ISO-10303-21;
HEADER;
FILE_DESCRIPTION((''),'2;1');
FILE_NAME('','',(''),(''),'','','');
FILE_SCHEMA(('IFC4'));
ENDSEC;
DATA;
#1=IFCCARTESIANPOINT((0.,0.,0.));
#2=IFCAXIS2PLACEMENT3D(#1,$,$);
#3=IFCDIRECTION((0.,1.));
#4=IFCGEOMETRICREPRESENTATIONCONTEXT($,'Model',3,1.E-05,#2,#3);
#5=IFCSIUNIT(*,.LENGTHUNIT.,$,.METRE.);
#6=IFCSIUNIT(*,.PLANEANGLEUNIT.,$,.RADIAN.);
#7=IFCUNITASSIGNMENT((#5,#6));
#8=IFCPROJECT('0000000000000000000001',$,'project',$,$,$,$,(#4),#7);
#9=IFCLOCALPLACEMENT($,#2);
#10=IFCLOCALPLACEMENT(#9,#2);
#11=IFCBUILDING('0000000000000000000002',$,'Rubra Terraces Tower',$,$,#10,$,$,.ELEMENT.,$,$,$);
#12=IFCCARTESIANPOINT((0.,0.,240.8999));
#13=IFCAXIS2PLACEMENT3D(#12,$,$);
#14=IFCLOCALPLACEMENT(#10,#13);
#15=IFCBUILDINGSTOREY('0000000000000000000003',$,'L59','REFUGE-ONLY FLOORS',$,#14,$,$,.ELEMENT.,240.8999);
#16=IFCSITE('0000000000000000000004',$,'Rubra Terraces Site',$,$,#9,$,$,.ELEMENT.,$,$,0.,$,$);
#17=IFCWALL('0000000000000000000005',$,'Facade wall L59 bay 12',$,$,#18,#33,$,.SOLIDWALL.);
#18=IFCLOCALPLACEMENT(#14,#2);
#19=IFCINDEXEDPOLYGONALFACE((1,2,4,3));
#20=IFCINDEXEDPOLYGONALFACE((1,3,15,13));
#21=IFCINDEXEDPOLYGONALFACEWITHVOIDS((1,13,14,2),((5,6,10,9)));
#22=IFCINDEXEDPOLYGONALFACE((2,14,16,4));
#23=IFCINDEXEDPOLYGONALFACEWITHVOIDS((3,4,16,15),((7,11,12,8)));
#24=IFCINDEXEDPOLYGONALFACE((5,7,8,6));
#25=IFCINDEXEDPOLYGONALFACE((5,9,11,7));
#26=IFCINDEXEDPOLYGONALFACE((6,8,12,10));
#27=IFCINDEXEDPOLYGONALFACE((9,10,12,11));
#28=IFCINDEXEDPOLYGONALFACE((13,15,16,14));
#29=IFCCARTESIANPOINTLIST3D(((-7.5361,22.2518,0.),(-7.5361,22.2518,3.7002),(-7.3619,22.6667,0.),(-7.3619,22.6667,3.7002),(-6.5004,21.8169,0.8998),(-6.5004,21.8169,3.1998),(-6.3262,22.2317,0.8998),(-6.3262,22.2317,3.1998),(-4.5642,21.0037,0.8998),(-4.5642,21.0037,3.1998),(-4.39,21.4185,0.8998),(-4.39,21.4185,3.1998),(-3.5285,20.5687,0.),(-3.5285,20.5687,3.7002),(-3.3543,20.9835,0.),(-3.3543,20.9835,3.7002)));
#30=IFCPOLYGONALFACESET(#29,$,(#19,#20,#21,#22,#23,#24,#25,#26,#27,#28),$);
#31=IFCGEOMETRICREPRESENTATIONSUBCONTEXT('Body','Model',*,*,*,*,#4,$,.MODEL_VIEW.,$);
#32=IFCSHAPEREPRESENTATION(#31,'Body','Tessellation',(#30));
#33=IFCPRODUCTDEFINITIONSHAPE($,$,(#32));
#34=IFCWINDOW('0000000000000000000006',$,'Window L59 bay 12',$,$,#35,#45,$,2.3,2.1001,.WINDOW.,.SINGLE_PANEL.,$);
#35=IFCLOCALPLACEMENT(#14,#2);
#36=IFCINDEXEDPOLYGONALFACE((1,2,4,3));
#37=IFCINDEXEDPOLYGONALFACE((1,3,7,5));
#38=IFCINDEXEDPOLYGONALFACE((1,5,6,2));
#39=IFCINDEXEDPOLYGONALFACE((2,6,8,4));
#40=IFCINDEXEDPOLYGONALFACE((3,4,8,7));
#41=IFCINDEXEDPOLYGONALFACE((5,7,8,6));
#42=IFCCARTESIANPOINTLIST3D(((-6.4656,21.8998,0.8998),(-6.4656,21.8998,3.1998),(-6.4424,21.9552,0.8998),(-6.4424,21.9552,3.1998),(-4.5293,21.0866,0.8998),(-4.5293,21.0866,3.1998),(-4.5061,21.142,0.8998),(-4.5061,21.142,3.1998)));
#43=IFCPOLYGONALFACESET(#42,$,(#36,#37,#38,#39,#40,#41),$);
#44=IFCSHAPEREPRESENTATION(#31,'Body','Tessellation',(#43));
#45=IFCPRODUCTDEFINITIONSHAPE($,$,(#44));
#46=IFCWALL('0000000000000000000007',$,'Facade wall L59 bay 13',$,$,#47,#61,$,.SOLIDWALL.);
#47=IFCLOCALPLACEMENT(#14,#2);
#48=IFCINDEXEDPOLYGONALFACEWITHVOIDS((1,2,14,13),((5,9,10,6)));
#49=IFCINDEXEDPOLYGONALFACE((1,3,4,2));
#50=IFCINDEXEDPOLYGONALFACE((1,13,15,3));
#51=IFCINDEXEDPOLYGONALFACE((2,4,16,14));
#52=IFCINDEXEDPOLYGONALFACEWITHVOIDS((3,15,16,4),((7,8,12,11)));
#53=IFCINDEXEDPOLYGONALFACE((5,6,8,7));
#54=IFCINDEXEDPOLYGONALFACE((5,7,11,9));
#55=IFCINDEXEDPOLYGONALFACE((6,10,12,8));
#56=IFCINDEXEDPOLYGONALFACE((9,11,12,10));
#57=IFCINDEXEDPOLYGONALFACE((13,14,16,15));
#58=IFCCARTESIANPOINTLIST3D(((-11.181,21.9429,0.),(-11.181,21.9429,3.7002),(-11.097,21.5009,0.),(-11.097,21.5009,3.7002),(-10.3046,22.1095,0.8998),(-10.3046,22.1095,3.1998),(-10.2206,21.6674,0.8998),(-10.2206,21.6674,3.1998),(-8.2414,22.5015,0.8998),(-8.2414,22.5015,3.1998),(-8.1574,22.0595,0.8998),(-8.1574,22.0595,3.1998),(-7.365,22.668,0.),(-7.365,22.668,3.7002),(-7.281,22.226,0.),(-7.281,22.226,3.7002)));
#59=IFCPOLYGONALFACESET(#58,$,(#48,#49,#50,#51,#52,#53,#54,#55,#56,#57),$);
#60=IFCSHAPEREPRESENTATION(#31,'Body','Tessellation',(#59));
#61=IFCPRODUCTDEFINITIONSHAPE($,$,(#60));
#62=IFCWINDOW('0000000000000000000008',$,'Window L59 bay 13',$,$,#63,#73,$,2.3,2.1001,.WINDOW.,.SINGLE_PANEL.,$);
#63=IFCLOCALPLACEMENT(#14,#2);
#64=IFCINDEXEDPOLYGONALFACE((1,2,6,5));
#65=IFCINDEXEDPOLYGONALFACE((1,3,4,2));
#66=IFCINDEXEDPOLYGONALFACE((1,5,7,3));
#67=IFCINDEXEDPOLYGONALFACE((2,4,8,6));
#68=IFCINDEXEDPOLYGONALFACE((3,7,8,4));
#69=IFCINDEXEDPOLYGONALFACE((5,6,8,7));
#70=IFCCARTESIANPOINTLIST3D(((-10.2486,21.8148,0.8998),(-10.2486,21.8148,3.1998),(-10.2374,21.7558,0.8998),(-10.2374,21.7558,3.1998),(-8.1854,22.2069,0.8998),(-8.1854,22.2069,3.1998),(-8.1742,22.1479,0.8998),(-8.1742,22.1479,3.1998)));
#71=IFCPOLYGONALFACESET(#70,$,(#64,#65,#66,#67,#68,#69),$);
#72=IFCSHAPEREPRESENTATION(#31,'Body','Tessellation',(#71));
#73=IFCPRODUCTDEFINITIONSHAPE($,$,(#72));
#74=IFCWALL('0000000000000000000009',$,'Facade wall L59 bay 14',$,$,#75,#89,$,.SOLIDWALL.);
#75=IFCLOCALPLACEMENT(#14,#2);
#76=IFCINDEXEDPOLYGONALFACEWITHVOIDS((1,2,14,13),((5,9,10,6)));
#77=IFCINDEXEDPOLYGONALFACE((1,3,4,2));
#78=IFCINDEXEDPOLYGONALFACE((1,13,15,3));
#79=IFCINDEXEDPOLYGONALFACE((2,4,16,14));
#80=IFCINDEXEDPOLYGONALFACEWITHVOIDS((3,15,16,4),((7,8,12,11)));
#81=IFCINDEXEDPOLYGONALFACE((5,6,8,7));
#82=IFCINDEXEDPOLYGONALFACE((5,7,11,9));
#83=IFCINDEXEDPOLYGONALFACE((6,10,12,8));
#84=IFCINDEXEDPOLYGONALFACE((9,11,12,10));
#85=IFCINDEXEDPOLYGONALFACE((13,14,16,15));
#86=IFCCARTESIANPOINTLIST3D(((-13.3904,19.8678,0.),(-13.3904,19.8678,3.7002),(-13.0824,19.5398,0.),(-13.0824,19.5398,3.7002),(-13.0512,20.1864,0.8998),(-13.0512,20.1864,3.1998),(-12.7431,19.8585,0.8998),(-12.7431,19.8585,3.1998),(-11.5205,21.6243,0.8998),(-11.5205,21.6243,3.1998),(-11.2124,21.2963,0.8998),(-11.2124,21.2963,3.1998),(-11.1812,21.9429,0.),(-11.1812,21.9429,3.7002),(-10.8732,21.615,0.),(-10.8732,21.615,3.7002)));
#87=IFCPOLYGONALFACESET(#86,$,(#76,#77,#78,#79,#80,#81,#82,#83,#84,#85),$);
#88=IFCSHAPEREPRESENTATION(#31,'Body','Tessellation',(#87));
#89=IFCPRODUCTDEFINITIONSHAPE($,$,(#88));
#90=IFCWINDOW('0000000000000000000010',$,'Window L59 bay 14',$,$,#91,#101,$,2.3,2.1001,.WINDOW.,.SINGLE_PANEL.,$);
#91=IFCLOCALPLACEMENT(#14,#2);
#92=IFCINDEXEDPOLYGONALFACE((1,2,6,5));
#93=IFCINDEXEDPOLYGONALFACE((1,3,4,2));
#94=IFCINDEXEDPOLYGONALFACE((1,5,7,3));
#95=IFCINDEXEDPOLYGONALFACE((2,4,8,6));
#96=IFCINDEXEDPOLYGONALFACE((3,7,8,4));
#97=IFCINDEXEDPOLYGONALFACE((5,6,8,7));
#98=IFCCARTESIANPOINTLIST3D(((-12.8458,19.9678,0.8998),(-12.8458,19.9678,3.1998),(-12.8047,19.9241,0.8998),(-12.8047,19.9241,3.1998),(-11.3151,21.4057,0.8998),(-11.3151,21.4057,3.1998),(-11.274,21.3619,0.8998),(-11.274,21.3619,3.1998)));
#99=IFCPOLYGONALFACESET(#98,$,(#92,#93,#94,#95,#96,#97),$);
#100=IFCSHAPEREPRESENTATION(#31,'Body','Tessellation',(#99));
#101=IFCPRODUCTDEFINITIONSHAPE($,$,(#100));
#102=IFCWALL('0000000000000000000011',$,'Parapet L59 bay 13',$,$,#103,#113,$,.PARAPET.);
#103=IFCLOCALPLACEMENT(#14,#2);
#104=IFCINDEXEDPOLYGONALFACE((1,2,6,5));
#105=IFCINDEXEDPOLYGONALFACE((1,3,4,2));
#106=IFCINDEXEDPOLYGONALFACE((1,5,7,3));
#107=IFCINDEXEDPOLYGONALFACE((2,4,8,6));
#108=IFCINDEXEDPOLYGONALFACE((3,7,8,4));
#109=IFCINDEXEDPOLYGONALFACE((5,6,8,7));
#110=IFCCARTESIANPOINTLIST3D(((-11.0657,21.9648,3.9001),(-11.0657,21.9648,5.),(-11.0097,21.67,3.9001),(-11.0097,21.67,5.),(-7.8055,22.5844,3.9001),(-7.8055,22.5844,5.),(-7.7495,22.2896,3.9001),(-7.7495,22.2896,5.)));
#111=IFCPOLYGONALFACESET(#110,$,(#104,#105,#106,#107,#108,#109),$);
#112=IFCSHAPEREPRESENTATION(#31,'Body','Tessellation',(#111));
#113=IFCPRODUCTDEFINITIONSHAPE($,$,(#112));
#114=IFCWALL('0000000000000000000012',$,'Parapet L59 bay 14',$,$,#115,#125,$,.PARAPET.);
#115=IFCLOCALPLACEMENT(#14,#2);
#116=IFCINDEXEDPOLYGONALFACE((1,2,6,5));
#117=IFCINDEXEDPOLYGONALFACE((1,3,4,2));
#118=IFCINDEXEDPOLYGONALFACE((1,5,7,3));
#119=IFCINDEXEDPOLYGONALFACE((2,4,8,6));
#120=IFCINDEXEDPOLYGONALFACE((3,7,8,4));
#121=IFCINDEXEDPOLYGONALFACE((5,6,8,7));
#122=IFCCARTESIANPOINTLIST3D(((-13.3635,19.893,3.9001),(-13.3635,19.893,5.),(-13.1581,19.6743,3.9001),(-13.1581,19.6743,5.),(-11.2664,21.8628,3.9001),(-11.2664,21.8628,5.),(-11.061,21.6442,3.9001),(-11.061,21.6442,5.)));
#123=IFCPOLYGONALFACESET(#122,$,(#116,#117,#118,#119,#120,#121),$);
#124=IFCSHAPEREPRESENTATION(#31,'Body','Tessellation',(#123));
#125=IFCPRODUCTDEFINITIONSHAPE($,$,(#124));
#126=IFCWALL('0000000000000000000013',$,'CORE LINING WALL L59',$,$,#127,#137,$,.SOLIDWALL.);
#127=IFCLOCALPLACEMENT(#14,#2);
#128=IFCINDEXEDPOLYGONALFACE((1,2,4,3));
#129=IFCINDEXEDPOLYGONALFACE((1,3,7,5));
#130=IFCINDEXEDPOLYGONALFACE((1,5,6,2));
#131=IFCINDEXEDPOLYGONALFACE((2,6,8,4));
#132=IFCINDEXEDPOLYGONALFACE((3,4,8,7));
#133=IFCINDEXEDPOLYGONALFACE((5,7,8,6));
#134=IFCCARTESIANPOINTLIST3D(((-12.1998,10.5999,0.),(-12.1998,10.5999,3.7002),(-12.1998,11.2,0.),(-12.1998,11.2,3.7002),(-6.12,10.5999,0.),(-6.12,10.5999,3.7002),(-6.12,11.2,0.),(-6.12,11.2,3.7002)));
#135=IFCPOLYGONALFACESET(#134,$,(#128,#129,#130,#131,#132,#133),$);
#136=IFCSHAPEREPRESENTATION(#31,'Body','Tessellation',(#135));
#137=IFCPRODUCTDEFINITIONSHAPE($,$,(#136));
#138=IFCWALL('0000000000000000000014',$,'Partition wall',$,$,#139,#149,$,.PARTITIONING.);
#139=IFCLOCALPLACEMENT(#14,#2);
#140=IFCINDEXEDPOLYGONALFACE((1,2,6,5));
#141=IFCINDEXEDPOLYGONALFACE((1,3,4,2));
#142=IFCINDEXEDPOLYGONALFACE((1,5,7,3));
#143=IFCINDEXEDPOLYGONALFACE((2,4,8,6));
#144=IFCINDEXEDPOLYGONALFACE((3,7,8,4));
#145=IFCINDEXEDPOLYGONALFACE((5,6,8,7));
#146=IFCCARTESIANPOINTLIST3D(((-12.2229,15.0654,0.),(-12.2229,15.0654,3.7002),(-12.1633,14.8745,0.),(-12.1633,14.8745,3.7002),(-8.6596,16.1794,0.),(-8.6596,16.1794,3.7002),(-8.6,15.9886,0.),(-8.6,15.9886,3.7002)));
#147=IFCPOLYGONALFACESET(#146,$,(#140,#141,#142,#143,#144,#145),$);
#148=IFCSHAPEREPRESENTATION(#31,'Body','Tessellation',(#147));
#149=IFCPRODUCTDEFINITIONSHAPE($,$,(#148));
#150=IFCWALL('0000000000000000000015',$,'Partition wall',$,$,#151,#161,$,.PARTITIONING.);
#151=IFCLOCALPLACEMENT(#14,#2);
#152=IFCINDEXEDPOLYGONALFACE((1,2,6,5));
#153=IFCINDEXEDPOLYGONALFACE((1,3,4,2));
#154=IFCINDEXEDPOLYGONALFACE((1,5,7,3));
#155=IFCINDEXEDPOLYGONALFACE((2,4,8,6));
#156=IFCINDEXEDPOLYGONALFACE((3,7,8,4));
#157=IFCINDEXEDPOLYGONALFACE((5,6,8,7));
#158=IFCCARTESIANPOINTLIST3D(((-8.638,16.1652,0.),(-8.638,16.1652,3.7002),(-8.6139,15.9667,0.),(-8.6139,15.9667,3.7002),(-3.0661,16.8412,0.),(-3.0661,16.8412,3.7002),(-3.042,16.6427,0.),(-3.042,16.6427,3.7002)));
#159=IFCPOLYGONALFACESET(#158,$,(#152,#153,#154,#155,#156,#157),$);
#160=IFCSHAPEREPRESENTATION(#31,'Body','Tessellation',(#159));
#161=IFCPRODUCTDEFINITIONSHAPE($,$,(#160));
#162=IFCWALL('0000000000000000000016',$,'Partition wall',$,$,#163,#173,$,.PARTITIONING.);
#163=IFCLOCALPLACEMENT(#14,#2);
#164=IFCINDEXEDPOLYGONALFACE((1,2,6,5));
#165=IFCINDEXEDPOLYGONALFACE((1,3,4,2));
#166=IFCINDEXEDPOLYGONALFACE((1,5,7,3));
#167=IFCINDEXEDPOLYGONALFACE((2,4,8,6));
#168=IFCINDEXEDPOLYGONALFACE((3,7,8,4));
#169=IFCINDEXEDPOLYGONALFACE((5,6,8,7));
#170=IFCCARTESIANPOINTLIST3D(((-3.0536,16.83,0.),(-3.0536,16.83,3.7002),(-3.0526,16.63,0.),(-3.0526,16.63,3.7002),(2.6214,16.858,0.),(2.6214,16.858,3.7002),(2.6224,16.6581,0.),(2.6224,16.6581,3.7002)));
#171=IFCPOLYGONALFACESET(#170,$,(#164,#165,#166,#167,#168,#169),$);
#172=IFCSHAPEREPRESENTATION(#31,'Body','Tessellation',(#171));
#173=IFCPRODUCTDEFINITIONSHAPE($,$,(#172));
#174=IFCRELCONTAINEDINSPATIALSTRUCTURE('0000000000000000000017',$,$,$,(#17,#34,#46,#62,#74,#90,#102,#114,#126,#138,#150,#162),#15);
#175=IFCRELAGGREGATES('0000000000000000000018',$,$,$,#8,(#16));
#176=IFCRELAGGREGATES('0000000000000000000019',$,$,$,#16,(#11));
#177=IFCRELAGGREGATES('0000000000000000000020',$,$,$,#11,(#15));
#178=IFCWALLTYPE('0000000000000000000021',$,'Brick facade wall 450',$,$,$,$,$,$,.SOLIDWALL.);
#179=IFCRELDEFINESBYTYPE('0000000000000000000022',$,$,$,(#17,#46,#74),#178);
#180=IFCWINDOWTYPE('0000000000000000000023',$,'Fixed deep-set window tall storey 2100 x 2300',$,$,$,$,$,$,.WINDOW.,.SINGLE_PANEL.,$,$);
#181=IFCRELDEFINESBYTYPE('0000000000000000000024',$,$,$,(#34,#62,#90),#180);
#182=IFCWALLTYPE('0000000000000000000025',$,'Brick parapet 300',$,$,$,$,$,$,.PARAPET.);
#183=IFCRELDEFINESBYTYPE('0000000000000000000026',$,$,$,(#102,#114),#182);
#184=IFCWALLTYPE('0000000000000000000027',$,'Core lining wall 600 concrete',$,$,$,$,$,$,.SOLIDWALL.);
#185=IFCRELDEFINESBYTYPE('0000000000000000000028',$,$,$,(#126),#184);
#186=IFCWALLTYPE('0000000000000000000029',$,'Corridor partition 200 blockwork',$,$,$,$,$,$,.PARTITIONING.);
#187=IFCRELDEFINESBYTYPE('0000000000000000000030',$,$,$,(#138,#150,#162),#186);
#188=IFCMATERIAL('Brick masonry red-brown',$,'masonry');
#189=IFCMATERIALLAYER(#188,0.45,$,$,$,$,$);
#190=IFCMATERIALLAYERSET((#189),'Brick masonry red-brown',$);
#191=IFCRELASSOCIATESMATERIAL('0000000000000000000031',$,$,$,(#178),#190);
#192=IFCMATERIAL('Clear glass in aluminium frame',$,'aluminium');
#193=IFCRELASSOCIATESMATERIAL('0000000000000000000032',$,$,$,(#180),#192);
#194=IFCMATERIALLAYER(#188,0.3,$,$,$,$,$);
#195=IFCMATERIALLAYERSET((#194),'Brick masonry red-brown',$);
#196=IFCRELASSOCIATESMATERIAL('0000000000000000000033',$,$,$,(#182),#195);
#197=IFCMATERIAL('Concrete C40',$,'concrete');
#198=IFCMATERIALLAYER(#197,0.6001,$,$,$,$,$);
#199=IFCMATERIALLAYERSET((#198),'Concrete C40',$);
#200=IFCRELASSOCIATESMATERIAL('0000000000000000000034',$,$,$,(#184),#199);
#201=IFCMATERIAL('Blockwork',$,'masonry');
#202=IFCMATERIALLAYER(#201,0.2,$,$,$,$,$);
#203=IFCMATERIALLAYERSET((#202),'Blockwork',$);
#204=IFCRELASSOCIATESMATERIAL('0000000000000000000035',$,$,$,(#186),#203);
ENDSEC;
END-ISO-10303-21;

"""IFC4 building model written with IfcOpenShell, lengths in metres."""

from ifc_helpers import new_model, si_unit, direction, frame, frame_2d, origin, place, context, subcontext, project, spatial, rectangle, extrude, material, layer, layer_set, type_object, element, fill, save


model = new_model("IFC4")

# Units and contexts
model_context = context("Model", 3, precision=1e-05, world=origin(), true_north=direction((0.0, 1.0)))
body_context = subcontext(model_context, "Body", "Model", "MODEL_VIEW")
ifc_project = project(units=[si_unit("LENGTHUNIT", "METRE"), si_unit("PLANEANGLEUNIT", "RADIAN")], contexts=[model_context])

# Site, building, storey
site_placement = place(None, origin())
site = spatial("IfcSite", under=ifc_project, at=site_placement, Name="Rubra Terraces Site", CompositionType="ELEMENT", RefElevation=0.0)
building_placement = place(site_placement, origin())
building = spatial("IfcBuilding", under=site, at=building_placement, Name="Rubra Terraces Tower", CompositionType="ELEMENT")
storey_placement = place(building_placement, frame((0.0, 0.0, 240.8999)))
storey = spatial("IfcBuildingStorey", under=building, at=storey_placement, Name="L59", Description="REFUGE-ONLY FLOORS", CompositionType="ELEMENT", Elevation=240.8999)

# Walls, openings, windows
ifc_material_1 = material(Name="Brick masonry red-brown", Category="masonry")
ifc_layer_1 = layer(ifc_material_1, 0.45)
ifc_layer_set_1 = layer_set([ifc_layer_1], Name="Brick masonry red-brown")
wall_type_1 = type_object("IfcWallType", Name="Brick facade wall 450", PredefinedType="SOLIDWALL", material=ifc_layer_set_1)
wall_1_placement = place(storey_placement, frame((-3.4414, 20.7761, 0.0), z_axis=(0.0, 0.0, 1.0), x_axis=(-0.921988, 0.387218, 0.0)))
wall_1 = element("IfcWall", 1, at=wall_1_placement, inside=storey, type_object=wall_type_1, Name="Facade wall L59 bay 12", PredefinedType="SOLIDWALL", context=body_context, shape_type="SweptSolid", body=[
    extrude(rectangle(XDim=4.3467, YDim=0.45, at=frame_2d((2.1733, 0.0))), origin(), (0.0, 0.0, 1.0), 3.7002),
])
opening_1_placement = place(wall_1_placement, frame((1.1233, 0.0, 0.8999)))
opening_1 = element("IfcOpeningElement", 2, at=opening_1_placement, cuts=wall_1, PredefinedType="OPENING", context=body_context, shape_type="SweptSolid", body=[
    extrude(rectangle(XDim=2.1001, YDim=2.3, at=frame_2d((1.05, 1.1499))), frame((0.0, 0.2349, 0.0), z_axis=(0.0, -1.0, 0.0), x_axis=(1.0, 0.0, 0.0)), (0.0, 0.0, 1.0), 0.47),
])
ifc_material_2 = material(Name="Clear glass in aluminium frame", Category="aluminium")
window_type = type_object("IfcWindowType", Name="Fixed deep-set window tall storey 2100 x 2300", PartitioningType="SINGLE_PANEL", PredefinedType="WINDOW", material=ifc_material_2)
window_1_placement = place(opening_1_placement, origin())
window_1 = element("IfcWindow", 3, at=window_1_placement, inside=storey, type_object=window_type, Name="Window L59 bay 12", OverallHeight=2.3, OverallWidth=2.1001, PartitioningType="SINGLE_PANEL", PredefinedType="WINDOW", context=body_context, shape_type="SweptSolid", body=[
    extrude(rectangle(XDim=2.1001, YDim=2.3, at=frame_2d((1.05, 1.1499))), frame((0.0, 0.135, 0.0), z_axis=(0.0, -1.0, 0.0), x_axis=(1.0, 0.0, 0.0)), (0.0, 0.0, 1.0), 0.0601),
])
fill(opening_1, window_1)
wall_2_placement = place(storey_placement, frame((-7.323, 22.447, 0.0), z_axis=(0.0, 0.0, 1.0), x_axis=(-0.982421, -0.186679, 0.0)))
wall_2 = element("IfcWall", 4, at=wall_2_placement, inside=storey, type_object=wall_type_1, Name="Facade wall L59 bay 13", PredefinedType="SOLIDWALL", context=body_context, shape_type="SweptSolid", body=[
    extrude(rectangle(XDim=3.8843, YDim=0.45, at=frame_2d((1.9421, 0.0))), origin(), (0.0, 0.0, 1.0), 3.7002),
])
opening_2_placement = place(wall_2_placement, frame((0.8921, 0.0, 0.8999)))
opening_2 = element("IfcOpeningElement", 5, at=opening_2_placement, cuts=wall_2, PredefinedType="OPENING", context=body_context, shape_type="SweptSolid", body=[
    extrude(rectangle(XDim=2.1001, YDim=2.3, at=frame_2d((1.05, 1.1499))), frame((0.0, 0.2349, 0.0), z_axis=(0.0, -1.0, 0.0), x_axis=(1.0, 0.0, 0.0)), (0.0, 0.0, 1.0), 0.47),
])
window_2_placement = place(opening_2_placement, origin())
window_2 = element("IfcWindow", 6, at=window_2_placement, inside=storey, type_object=window_type, Name="Window L59 bay 13", OverallHeight=2.3, OverallWidth=2.1001, PartitioningType="SINGLE_PANEL", PredefinedType="WINDOW", context=body_context, shape_type="SweptSolid", body=[
    extrude(rectangle(XDim=2.1001, YDim=2.3, at=frame_2d((1.05, 1.1499))), frame((0.0, 0.135, 0.0), z_axis=(0.0, -1.0, 0.0), x_axis=(1.0, 0.0, 0.0)), (0.0, 0.0, 1.0), 0.0601),
])
fill(opening_2, window_2)
wall_3_placement = place(storey_placement, frame((-11.0271, 21.7791, 0.0), z_axis=(0.0, 0.0, 1.0), x_axis=(-0.728871, -0.684651, 0.0)))
wall_3 = element("IfcWall", 7, at=wall_3_placement, inside=storey, type_object=wall_type_1, Name="Facade wall L59 bay 14", PredefinedType="SOLIDWALL", context=body_context, shape_type="SweptSolid", body=[
    extrude(rectangle(XDim=3.031, YDim=0.45, at=frame_2d((1.5156, 0.0))), origin(), (0.0, 0.0, 1.0), 3.7002),
])
opening_3_placement = place(wall_3_placement, frame((0.4656, 0.0, 0.8999)))
opening_3 = element("IfcOpeningElement", 8, at=opening_3_placement, cuts=wall_3, PredefinedType="OPENING", context=body_context, shape_type="SweptSolid", body=[
    extrude(rectangle(XDim=2.1001, YDim=2.3, at=frame_2d((1.05, 1.1499))), frame((0.0, 0.2349, 0.0), z_axis=(0.0, -1.0, 0.0), x_axis=(1.0, 0.0, 0.0)), (0.0, 0.0, 1.0), 0.47),
])
window_3_placement = place(opening_3_placement, origin())
window_3 = element("IfcWindow", 9, at=window_3_placement, inside=storey, type_object=window_type, Name="Window L59 bay 14", OverallHeight=2.3, OverallWidth=2.1001, PartitioningType="SINGLE_PANEL", PredefinedType="WINDOW", context=body_context, shape_type="SweptSolid", body=[
    extrude(rectangle(XDim=2.1001, YDim=2.3, at=frame_2d((1.05, 1.1499))), frame((0.0, 0.135, 0.0), z_axis=(0.0, -1.0, 0.0), x_axis=(1.0, 0.0, 0.0)), (0.0, 0.0, 1.0), 0.0601),
])
fill(opening_3, window_3)

# Walls
ifc_layer_2 = layer(ifc_material_1, 0.3)
ifc_layer_set_2 = layer_set([ifc_layer_2], Name="Brick masonry red-brown")
wall_type_2 = type_object("IfcWallType", Name="Brick parapet 300", PredefinedType="PARAPET", material=ifc_layer_set_2)
wall_4_placement = place(storey_placement, frame((-7.7776, 22.437, 3.9001), z_axis=(0.0, 0.0, 1.0), x_axis=(-0.982414, -0.186713, 0.0)))
element("IfcWall", 10, at=wall_4_placement, inside=storey, type_object=wall_type_2, Name="Parapet L59 bay 13", PredefinedType="PARAPET", context=body_context, shape_type="SweptSolid", body=[
    extrude(rectangle(XDim=3.3186, YDim=0.3, at=frame_2d((1.6592, 0.0))), origin(), (0.0, 0.0, 1.0), 1.0999),
])
wall_5_placement = place(storey_placement, frame((-11.1638, 21.7534, 3.9001), z_axis=(0.0, 0.0, 1.0), x_axis=(-0.728865, -0.684658, 0.0)))
element("IfcWall", 11, at=wall_5_placement, inside=storey, type_object=wall_type_2, Name="Parapet L59 bay 14", PredefinedType="PARAPET", context=body_context, shape_type="SweptSolid", body=[
    extrude(rectangle(XDim=2.8772, YDim=0.3, at=frame_2d((1.4385, 0.0))), origin(), (0.0, 0.0, 1.0), 1.0999),
])
ifc_material_3 = material(Name="Concrete C40", Category="concrete")
ifc_layer_3 = layer(ifc_material_3, 0.6001)
ifc_layer_set_3 = layer_set([ifc_layer_3], Name="Concrete C40")
wall_type_3 = type_object("IfcWallType", Name="Core lining wall 600 concrete", PredefinedType="SOLIDWALL", material=ifc_layer_set_3)
wall_6_placement = place(storey_placement, frame((-12.2, 10.8999, 0.0), z_axis=(0.0, 0.0, 1.0), x_axis=(1.0, 0.0, 0.0)))
element("IfcWall", 12, at=wall_6_placement, inside=storey, type_object=wall_type_3, Name="CORE LINING WALL L59", PredefinedType="SOLIDWALL", context=body_context, shape_type="SweptSolid", body=[
    extrude(rectangle(XDim=6.0798, YDim=0.6001, at=frame_2d((3.04, 0.0))), origin(), (0.0, 0.0, 1.0), 3.7002),
])
ifc_material_4 = material(Name="Blockwork", Category="masonry")
ifc_layer_4 = layer(ifc_material_4, 0.2)
ifc_layer_set_4 = layer_set([ifc_layer_4], Name="Blockwork")
wall_type_4 = type_object("IfcWallType", Name="Corridor partition 200 blockwork", PredefinedType="PARTITIONING", material=ifc_layer_set_4)
wall_7_placement = place(storey_placement, frame((-12.1931, 14.97, 0.0), z_axis=(0.0, 0.0, 1.0), x_axis=(0.954442, 0.298398, 0.0)))
element("IfcWall", 13, at=wall_7_placement, inside=storey, type_object=wall_type_4, Name="Partition wall", PredefinedType="PARTITIONING", context=body_context, shape_type="SweptSolid", body=[
    extrude(rectangle(XDim=3.7334, YDim=0.2, at=frame_2d((1.8667, 0.0))), origin(), (0.0, 0.0, 1.0), 3.7002),
])
wall_8_placement = place(storey_placement, frame((-8.626, 16.0659, 0.0), z_axis=(0.0, 0.0, 1.0), x_axis=(0.99272, 0.120442, 0.0)))
element("IfcWall", 14, at=wall_8_placement, inside=storey, type_object=wall_type_4, Name="Partition wall", PredefinedType="PARTITIONING", context=body_context, shape_type="SweptSolid", body=[
    extrude(rectangle(XDim=5.6128, YDim=0.2, at=frame_2d((2.8064, 0.0))), origin(), (0.0, 0.0, 1.0), 3.7002),
])
wall_9_placement = place(storey_placement, frame((-3.053, 16.73, 0.0), z_axis=(0.0, 0.0, 1.0), x_axis=(0.999988, 0.004947, 0.0)))
element("IfcWall", 15, at=wall_9_placement, inside=storey, type_object=wall_type_4, Name="Partition wall", PredefinedType="PARTITIONING", context=body_context, shape_type="SweptSolid", body=[
    extrude(rectangle(XDim=5.675, YDim=0.2, at=frame_2d((2.8374, 0.0))), origin(), (0.0, 0.0, 1.0), 3.7002),
])

save(model, "model.ifc")
